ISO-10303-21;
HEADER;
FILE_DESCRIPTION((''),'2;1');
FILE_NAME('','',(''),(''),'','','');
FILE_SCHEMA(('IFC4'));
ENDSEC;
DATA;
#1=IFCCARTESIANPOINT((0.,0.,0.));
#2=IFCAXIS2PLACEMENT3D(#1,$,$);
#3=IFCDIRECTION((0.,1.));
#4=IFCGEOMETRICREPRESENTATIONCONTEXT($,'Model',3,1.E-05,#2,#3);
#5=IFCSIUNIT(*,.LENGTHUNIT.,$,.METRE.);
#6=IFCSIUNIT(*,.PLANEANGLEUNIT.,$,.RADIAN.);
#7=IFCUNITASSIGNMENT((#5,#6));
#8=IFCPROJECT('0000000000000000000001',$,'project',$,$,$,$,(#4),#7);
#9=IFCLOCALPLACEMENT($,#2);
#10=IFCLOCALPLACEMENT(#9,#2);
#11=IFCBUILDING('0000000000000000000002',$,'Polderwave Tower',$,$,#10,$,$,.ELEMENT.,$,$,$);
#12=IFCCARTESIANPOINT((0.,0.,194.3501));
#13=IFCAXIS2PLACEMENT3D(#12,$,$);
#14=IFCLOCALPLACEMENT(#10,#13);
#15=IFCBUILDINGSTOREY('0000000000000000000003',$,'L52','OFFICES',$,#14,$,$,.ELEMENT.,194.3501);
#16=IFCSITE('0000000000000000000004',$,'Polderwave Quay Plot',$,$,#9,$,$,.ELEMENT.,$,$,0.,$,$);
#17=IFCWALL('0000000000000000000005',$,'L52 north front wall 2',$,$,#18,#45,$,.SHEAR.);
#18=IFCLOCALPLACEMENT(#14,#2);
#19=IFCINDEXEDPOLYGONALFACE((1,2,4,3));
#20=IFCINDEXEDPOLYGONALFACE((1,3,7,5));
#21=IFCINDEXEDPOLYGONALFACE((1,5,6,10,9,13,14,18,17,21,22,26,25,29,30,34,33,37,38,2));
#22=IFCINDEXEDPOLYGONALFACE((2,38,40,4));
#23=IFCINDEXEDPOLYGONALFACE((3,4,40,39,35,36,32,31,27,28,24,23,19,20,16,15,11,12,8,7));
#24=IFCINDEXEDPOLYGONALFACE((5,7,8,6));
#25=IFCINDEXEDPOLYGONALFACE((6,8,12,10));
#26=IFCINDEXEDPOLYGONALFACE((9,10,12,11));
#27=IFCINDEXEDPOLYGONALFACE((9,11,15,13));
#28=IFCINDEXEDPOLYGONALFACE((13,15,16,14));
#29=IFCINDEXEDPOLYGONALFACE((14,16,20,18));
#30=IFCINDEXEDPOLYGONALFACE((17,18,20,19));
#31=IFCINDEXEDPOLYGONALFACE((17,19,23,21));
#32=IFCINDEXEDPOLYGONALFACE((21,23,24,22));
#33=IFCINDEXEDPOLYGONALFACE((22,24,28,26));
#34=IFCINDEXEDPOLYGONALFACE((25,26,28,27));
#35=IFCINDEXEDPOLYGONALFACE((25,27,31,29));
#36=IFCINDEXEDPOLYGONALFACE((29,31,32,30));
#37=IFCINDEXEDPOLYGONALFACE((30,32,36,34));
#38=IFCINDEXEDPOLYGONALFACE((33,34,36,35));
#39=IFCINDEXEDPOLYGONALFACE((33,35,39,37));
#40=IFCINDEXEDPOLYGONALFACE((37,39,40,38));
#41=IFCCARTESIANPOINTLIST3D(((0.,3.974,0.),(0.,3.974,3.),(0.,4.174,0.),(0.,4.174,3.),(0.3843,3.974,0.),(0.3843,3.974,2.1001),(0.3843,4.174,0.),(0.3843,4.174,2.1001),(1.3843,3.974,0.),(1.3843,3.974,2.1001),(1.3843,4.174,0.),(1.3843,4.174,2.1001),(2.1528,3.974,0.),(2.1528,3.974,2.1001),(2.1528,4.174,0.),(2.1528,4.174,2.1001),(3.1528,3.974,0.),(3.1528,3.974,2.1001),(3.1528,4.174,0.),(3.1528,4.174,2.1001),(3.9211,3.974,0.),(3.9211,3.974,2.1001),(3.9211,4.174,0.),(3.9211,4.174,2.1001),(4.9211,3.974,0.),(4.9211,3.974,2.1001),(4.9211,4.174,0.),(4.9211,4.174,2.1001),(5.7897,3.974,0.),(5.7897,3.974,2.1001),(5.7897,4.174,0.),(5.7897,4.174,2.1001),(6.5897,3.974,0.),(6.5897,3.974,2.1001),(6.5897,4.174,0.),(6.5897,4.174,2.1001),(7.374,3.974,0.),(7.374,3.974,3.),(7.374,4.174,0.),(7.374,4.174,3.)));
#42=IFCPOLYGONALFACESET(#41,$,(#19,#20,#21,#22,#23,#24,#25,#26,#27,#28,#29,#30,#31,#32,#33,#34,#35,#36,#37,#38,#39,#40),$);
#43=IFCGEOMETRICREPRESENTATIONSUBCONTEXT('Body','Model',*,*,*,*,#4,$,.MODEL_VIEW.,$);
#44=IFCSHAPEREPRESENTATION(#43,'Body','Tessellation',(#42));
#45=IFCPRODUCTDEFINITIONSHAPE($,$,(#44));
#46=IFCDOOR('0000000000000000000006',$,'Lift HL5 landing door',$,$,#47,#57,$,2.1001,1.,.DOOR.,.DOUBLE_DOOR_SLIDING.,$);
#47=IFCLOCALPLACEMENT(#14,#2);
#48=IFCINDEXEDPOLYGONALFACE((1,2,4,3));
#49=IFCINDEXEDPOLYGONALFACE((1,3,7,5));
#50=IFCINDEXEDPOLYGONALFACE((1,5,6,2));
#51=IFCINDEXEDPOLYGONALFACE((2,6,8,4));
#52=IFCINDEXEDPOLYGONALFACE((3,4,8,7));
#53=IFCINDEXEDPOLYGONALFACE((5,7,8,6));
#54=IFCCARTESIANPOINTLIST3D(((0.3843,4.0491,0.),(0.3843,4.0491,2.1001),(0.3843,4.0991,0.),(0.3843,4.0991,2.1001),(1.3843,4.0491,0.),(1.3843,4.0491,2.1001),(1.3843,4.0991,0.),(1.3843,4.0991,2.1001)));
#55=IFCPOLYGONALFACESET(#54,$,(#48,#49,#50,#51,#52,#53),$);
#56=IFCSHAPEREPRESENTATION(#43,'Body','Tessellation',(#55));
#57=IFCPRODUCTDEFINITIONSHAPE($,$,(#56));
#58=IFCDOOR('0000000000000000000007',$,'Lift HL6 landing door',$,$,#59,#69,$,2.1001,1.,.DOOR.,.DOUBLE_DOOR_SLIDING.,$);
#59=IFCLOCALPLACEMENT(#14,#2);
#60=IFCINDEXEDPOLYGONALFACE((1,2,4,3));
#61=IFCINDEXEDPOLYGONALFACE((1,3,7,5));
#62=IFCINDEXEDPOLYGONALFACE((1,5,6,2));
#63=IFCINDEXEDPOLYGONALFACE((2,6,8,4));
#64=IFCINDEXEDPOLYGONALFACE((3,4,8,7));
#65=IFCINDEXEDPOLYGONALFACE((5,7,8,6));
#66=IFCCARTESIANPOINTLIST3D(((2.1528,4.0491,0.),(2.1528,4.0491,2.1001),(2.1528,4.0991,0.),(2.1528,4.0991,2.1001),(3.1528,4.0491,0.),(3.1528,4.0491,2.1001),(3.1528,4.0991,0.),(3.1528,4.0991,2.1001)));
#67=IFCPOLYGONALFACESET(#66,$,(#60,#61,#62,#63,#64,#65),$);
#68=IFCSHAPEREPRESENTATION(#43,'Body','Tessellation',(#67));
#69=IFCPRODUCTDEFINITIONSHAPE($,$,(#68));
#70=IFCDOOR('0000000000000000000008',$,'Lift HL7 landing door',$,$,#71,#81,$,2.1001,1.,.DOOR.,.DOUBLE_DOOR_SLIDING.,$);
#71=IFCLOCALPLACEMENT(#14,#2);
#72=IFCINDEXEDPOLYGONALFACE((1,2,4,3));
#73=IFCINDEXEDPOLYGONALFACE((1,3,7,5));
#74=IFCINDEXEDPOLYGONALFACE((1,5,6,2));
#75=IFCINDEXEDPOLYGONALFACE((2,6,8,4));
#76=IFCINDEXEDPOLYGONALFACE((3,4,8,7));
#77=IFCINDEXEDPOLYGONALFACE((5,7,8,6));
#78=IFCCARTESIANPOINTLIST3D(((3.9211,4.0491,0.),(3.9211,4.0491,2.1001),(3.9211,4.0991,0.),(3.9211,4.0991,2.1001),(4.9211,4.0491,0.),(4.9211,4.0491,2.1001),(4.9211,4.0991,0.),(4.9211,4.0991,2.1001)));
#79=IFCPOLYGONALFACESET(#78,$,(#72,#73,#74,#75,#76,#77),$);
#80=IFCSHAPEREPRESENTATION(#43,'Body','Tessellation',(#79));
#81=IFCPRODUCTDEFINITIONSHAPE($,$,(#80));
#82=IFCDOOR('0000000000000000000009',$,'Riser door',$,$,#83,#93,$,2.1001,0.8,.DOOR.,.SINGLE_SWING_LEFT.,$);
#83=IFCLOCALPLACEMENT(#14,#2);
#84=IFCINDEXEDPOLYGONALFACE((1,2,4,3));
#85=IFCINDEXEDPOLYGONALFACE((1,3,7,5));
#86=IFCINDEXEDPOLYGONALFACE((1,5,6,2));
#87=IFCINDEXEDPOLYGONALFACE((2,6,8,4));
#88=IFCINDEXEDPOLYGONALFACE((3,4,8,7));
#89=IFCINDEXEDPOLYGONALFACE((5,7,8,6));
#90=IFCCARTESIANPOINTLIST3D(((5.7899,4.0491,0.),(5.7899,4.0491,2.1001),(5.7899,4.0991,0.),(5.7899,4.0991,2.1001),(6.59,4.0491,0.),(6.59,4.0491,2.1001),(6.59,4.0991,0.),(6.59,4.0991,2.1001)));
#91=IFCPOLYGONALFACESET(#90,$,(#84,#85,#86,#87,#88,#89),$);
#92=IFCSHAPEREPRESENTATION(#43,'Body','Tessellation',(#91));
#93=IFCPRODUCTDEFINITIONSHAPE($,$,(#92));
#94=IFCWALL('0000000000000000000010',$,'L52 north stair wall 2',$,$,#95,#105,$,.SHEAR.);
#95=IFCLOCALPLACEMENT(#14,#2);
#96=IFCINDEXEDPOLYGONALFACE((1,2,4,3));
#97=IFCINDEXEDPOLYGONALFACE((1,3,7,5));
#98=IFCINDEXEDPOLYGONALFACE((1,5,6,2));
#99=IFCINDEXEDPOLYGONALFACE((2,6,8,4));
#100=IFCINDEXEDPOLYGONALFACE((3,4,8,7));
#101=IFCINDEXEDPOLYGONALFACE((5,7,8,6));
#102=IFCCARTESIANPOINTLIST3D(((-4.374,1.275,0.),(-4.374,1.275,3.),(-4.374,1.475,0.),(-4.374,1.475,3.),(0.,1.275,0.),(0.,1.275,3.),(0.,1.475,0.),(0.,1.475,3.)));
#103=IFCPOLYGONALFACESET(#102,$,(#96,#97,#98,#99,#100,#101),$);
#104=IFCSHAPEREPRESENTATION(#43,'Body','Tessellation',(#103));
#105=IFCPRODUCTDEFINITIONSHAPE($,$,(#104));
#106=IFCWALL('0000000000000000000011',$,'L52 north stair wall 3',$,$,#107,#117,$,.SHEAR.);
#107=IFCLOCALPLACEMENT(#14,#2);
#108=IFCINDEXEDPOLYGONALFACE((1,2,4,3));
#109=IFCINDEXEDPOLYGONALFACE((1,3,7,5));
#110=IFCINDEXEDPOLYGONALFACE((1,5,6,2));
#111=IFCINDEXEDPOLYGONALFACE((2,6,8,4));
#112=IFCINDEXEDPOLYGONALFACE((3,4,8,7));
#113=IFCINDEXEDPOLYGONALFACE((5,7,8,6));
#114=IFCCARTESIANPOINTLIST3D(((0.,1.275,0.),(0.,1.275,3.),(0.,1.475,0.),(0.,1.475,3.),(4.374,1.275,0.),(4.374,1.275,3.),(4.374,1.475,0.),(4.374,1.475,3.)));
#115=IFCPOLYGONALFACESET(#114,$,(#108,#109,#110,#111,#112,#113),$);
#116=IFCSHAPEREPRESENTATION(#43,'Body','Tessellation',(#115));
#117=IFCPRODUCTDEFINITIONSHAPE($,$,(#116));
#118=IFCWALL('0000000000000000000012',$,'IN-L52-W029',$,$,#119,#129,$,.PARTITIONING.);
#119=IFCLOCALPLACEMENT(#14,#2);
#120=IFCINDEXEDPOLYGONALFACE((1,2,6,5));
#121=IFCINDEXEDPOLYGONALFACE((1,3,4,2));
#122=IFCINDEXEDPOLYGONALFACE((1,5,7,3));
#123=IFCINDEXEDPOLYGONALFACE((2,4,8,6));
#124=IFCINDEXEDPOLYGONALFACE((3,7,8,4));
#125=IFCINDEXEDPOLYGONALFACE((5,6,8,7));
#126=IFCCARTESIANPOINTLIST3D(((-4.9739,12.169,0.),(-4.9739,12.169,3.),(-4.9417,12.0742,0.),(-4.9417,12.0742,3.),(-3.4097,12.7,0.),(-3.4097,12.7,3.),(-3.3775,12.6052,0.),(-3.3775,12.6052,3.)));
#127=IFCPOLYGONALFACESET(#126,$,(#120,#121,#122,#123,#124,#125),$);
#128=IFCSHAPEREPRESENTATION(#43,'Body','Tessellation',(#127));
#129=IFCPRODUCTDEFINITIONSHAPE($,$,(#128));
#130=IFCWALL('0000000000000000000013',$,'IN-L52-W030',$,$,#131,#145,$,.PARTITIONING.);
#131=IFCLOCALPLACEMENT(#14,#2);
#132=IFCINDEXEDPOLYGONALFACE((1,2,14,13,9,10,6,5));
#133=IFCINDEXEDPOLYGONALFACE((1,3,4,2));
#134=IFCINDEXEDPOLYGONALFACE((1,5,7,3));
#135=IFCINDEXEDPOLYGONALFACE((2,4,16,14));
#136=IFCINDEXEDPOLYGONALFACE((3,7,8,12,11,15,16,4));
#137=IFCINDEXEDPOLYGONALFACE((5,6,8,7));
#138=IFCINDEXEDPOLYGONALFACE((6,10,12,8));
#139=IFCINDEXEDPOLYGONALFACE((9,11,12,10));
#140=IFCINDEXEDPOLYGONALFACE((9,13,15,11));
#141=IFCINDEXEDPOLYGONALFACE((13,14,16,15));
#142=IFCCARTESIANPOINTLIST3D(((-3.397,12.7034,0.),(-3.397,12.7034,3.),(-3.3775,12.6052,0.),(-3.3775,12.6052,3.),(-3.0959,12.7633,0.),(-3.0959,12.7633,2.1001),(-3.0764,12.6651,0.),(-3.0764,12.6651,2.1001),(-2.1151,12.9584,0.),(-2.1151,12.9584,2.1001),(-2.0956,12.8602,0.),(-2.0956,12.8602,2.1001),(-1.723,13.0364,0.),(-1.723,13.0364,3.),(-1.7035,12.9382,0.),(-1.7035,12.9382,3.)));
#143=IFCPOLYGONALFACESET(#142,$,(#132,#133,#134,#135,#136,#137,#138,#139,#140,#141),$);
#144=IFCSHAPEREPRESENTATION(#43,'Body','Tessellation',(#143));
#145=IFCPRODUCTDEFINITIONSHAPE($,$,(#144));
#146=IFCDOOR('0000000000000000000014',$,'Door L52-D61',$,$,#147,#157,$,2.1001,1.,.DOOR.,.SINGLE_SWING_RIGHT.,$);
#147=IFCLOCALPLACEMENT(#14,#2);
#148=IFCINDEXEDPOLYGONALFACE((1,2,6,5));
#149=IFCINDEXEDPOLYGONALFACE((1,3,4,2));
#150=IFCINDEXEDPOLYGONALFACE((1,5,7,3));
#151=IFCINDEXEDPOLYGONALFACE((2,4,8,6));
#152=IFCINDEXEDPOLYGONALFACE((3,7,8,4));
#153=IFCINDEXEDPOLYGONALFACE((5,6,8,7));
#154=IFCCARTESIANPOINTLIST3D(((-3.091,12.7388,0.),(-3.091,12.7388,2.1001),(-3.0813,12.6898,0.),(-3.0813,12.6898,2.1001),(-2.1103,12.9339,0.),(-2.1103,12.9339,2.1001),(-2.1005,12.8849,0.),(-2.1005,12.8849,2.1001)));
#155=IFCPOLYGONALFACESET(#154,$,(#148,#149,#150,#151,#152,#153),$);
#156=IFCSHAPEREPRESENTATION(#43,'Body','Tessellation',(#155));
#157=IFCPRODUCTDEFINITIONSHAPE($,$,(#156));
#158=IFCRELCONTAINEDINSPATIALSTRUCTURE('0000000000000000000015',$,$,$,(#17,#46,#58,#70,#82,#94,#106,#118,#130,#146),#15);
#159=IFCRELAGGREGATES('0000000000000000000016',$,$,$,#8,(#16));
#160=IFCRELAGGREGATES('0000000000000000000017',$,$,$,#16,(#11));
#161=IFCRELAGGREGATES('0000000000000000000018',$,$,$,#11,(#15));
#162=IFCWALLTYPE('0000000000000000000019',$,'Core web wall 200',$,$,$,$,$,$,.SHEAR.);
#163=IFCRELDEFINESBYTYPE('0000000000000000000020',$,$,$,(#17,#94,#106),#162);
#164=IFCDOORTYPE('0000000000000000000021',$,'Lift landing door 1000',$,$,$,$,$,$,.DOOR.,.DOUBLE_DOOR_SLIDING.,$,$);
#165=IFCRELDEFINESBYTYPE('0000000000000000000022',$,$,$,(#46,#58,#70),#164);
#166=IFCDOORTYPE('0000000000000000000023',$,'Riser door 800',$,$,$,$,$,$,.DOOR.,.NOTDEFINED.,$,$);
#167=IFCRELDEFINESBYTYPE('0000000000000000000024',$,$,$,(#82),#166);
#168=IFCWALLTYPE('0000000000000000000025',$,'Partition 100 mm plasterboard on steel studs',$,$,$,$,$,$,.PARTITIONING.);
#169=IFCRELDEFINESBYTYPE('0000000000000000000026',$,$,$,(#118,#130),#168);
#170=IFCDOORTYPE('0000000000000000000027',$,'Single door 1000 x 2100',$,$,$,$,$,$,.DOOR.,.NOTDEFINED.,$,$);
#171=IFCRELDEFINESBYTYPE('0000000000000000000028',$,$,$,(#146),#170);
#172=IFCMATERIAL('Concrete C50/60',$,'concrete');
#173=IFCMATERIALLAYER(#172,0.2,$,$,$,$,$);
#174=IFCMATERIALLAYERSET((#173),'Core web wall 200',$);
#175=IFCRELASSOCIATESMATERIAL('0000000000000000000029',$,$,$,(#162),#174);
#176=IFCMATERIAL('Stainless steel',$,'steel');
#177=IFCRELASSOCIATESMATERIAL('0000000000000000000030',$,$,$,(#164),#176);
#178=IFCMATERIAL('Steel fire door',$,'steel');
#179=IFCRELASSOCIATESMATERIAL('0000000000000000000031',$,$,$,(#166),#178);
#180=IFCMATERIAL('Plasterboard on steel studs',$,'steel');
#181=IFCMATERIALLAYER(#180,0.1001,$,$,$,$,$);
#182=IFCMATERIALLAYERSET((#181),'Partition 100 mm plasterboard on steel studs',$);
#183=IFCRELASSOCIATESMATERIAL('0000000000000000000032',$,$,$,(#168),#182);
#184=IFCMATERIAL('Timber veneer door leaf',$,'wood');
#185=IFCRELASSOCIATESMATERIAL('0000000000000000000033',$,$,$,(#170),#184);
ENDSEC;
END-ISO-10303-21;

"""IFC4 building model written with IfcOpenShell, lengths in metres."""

from ifc_helpers import new_model, si_unit, direction, frame, frame_2d, origin, place, context, subcontext, project, spatial, rectangle, extrude, material, layer, layer_set, type_object, element, fill, save


model = new_model("IFC4")

# Units and contexts
model_context = context("Model", 3, precision=1e-05, world=origin(), true_north=direction((0.0, 1.0)))
body_context = subcontext(model_context, "Body", "Model", "MODEL_VIEW")
ifc_project = project(units=[si_unit("LENGTHUNIT", "METRE"), si_unit("PLANEANGLEUNIT", "RADIAN")], contexts=[model_context])

# Site, building, storey
site_placement = place(None, origin())
site = spatial("IfcSite", under=ifc_project, at=site_placement, Name="Polderwave Quay Plot", CompositionType="ELEMENT", RefElevation=0.0)
building_placement = place(site_placement, origin())
building = spatial("IfcBuilding", under=site, at=building_placement, Name="Polderwave Tower", CompositionType="ELEMENT")
storey_placement = place(building_placement, frame((0.0, 0.0, 194.3501)))
storey = spatial("IfcBuildingStorey", under=building, at=storey_placement, Name="L52", Description="OFFICES", CompositionType="ELEMENT", Elevation=194.3501)

# Wall, openings, doors
ifc_material_1 = material(Name="Concrete C50/60", Category="concrete")
ifc_layer_1 = layer(ifc_material_1, 0.2)
ifc_layer_set_1 = layer_set([ifc_layer_1], Name="Core web wall 200")
wall_type_1 = type_object("IfcWallType", Name="Core web wall 200", PredefinedType="SHEAR", material=ifc_layer_set_1)
ifc_material_2 = material(Name="Stainless steel", Category="steel")
door_type_1 = type_object("IfcDoorType", Name="Lift landing door 1000", OperationType="DOUBLE_DOOR_SLIDING", PredefinedType="DOOR", material=ifc_material_2)
wall_1_placement = place(storey_placement, frame((0.0, 4.074, 0.0), z_axis=(0.0, 0.0, 1.0), x_axis=(1.0, 0.0, 0.0)))
wall_1 = element("IfcWall", 1, at=wall_1_placement, inside=storey, type_object=wall_type_1, Name="L52 north front wall 2", PredefinedType="SHEAR", context=body_context, shape_type="SweptSolid", body=[
    extrude(rectangle(XDim=7.374, YDim=0.2, at=frame_2d((3.687, 0.0))), origin(), (0.0, 0.0, 1.0), 3.0),
])
opening_1_placement = place(wall_1_placement, frame((0.3843, 0.0, 0.0)))
opening_1 = element("IfcOpeningElement", 2, at=opening_1_placement, cuts=wall_1, PredefinedType="OPENING", context=body_context, shape_type="SweptSolid", body=[
    extrude(rectangle(XDim=1.0, YDim=2.1001, at=frame_2d((0.5, 1.05))), frame((0.0, 0.1099, 0.0), z_axis=(0.0, -1.0, 0.0), x_axis=(1.0, 0.0, 0.0)), (0.0, 0.0, 1.0), 0.22),
])
opening_2_placement = place(wall_1_placement, frame((2.1528, 0.0, 0.0)))
opening_2 = element("IfcOpeningElement", 3, at=opening_2_placement, cuts=wall_1, PredefinedType="OPENING", context=body_context, shape_type="SweptSolid", body=[
    extrude(rectangle(XDim=1.0, YDim=2.1001, at=frame_2d((0.5, 1.05))), frame((0.0, 0.1099, 0.0), z_axis=(0.0, -1.0, 0.0), x_axis=(1.0, 0.0, 0.0)), (0.0, 0.0, 1.0), 0.22),
])
opening_3_placement = place(wall_1_placement, frame((3.9211, 0.0, 0.0)))
opening_3 = element("IfcOpeningElement", 4, at=opening_3_placement, cuts=wall_1, PredefinedType="OPENING", context=body_context, shape_type="SweptSolid", body=[
    extrude(rectangle(XDim=1.0, YDim=2.1001, at=frame_2d((0.5, 1.05))), frame((0.0, 0.1099, 0.0), z_axis=(0.0, -1.0, 0.0), x_axis=(1.0, 0.0, 0.0)), (0.0, 0.0, 1.0), 0.22),
])
opening_4_placement = place(wall_1_placement, frame((5.7898, 0.0, 0.0)))
opening_4 = element("IfcOpeningElement", 5, at=opening_4_placement, cuts=wall_1, PredefinedType="OPENING", context=body_context, shape_type="SweptSolid", body=[
    extrude(rectangle(XDim=0.8, YDim=2.1001, at=frame_2d((0.3999, 1.05))), frame((0.0, 0.1099, 0.0), z_axis=(0.0, -1.0, 0.0), x_axis=(1.0, 0.0, 0.0)), (0.0, 0.0, 1.0), 0.22),
])
door_1_placement = place(opening_1_placement, frame((1.0, 0.0, 0.0), z_axis=(0.0, 0.0, 1.0), x_axis=(-1.0, 0.0, 0.0)))
door_1 = element("IfcDoor", 6, at=door_1_placement, inside=storey, type_object=door_type_1, Name="Lift HL5 landing door", OperationType="DOUBLE_DOOR_SLIDING", OverallHeight=2.1001, OverallWidth=1.0, PredefinedType="DOOR", context=body_context, shape_type="SweptSolid", body=[
    extrude(rectangle(XDim=1.0, YDim=2.1001, at=frame_2d((0.5, 1.05))), frame((0.0, 0.0249, 0.0), z_axis=(0.0, -1.0, 0.0), x_axis=(1.0, 0.0, 0.0)), (0.0, 0.0, 1.0), 0.05),
])
fill(opening_1, door_1)
door_2_placement = place(opening_2_placement, frame((1.0, 0.0, 0.0), z_axis=(0.0, 0.0, 1.0), x_axis=(-1.0, 0.0, 0.0)))
door_2 = element("IfcDoor", 7, at=door_2_placement, inside=storey, type_object=door_type_1, Name="Lift HL6 landing door", OperationType="DOUBLE_DOOR_SLIDING", OverallHeight=2.1001, OverallWidth=1.0, PredefinedType="DOOR", context=body_context, shape_type="SweptSolid", body=[
    extrude(rectangle(XDim=1.0, YDim=2.1001, at=frame_2d((0.5, 1.05))), frame((0.0, 0.0249, 0.0), z_axis=(0.0, -1.0, 0.0), x_axis=(1.0, 0.0, 0.0)), (0.0, 0.0, 1.0), 0.05),
])
fill(opening_2, door_2)
door_3_placement = place(opening_3_placement, frame((1.0, 0.0, 0.0), z_axis=(0.0, 0.0, 1.0), x_axis=(-1.0, 0.0, 0.0)))
door_3 = element("IfcDoor", 8, at=door_3_placement, inside=storey, type_object=door_type_1, Name="Lift HL7 landing door", OperationType="DOUBLE_DOOR_SLIDING", OverallHeight=2.1001, OverallWidth=1.0, PredefinedType="DOOR", context=body_context, shape_type="SweptSolid", body=[
    extrude(rectangle(XDim=1.0, YDim=2.1001, at=frame_2d((0.5, 1.05))), frame((0.0, 0.0249, 0.0), z_axis=(0.0, -1.0, 0.0), x_axis=(1.0, 0.0, 0.0)), (0.0, 0.0, 1.0), 0.05),
])
fill(opening_3, door_3)
ifc_material_3 = material(Name="Steel fire door", Category="steel")
door_type_2 = type_object("IfcDoorType", Name="Riser door 800", OperationType="NOTDEFINED", PredefinedType="DOOR", material=ifc_material_3)
door_4_placement = place(opening_4_placement, frame((0.8, 0.0, 0.0), z_axis=(0.0, 0.0, 1.0), x_axis=(-1.0, 0.0, 0.0)))
door_4 = element("IfcDoor", 9, at=door_4_placement, inside=storey, type_object=door_type_2, Name="Riser door", OperationType="SINGLE_SWING_LEFT", OverallHeight=2.1001, OverallWidth=0.8, PredefinedType="DOOR", context=body_context, shape_type="SweptSolid", body=[
    extrude(rectangle(XDim=0.8, YDim=2.1001, at=frame_2d((0.3999, 1.05))), frame((0.0, 0.0249, 0.0), z_axis=(0.0, -1.0, 0.0), x_axis=(1.0, 0.0, 0.0)), (0.0, 0.0, 1.0), 0.05),
])
fill(opening_4, door_4)

# Walls
for number, where, z_axis, x_axis, name in (
    (10, (-4.374, 1.375, 0.0), (0.0, 0.0, 1.0), (1.0, 0.0, 0.0), "L52 north stair wall 2"),
    (11, (0.0, 1.375, 0.0), (0.0, 0.0, 1.0), (1.0, 0.0, 0.0), "L52 north stair wall 3"),
):
    element("IfcWall", number, at=place(storey_placement, frame(where, z_axis=z_axis, x_axis=x_axis)), inside=storey, type_object=wall_type_1, Name=name, PredefinedType="SHEAR", context=body_context, shape_type="SweptSolid", body=[
        extrude(rectangle(XDim=4.374, YDim=0.2, at=frame_2d((2.187, 0.0))), origin(), (0.0, 0.0, 1.0), 3.0),
    ])
ifc_material_4 = material(Name="Plasterboard on steel studs", Category="steel")
ifc_layer_2 = layer(ifc_material_4, 0.1001)
ifc_layer_set_2 = layer_set([ifc_layer_2], Name="Partition 100 mm plasterboard on steel studs")
wall_type_2 = type_object("IfcWallType", Name="Partition 100 mm plasterboard on steel studs", PredefinedType="PARTITIONING", material=ifc_layer_set_2)
wall_2_placement = place(storey_placement, frame((-4.9578, 12.1216, 0.0), z_axis=(0.0, 0.0, 1.0), x_axis=(0.946925, 0.321455, 0.0)))
element("IfcWall", 12, at=wall_2_placement, inside=storey, type_object=wall_type_2, Name="IN-L52-W029", PredefinedType="PARTITIONING", context=body_context, shape_type="SweptSolid", body=[
    extrude(rectangle(XDim=1.6519, YDim=0.1001, at=frame_2d((0.8259, 0.0))), origin(), (0.0, 0.0, 1.0), 3.0),
])

# Wall, opening, door
wall_3_placement = place(storey_placement, frame((-1.7131, 12.9873, 0.0), z_axis=(0.0, 0.0, 1.0), x_axis=(-0.980784, -0.195098, 0.0)))
wall_3 = element("IfcWall", 13, at=wall_3_placement, inside=storey, type_object=wall_type_2, Name="IN-L52-W030", PredefinedType="PARTITIONING", context=body_context, shape_type="SweptSolid", body=[
    extrude(rectangle(XDim=1.7068, YDim=0.1001, at=frame_2d((0.8535, 0.0))), origin(), (0.0, 0.0, 1.0), 3.0),
])
opening_5_placement = place(wall_3_placement, frame((0.3999, 0.0, 0.0)))
opening_5 = element("IfcOpeningElement", 14, at=opening_5_placement, cuts=wall_3, PredefinedType="OPENING", context=body_context, shape_type="SweptSolid", body=[
    extrude(rectangle(XDim=1.0, YDim=2.1001, at=frame_2d((0.5, 1.05))), frame((0.0, 0.0601, 0.0), z_axis=(0.0, -1.0, 0.0), x_axis=(1.0, 0.0, 0.0)), (0.0, 0.0, 1.0), 0.1201),
])
ifc_material_5 = material(Name="Timber veneer door leaf", Category="wood")
door_type_3 = type_object("IfcDoorType", Name="Single door 1000 x 2100", OperationType="NOTDEFINED", PredefinedType="DOOR", material=ifc_material_5)
door_5_placement = place(opening_5_placement, origin())
door_5 = element("IfcDoor", 15, at=door_5_placement, inside=storey, type_object=door_type_3, Name="Door L52-D61", OperationType="SINGLE_SWING_RIGHT", OverallHeight=2.1001, OverallWidth=1.0, PredefinedType="DOOR", context=body_context, shape_type="SweptSolid", body=[
    extrude(rectangle(XDim=1.0, YDim=2.1001, at=frame_2d((0.5, 1.05))), frame((0.0, 0.0249, 0.0), z_axis=(0.0, -1.0, 0.0), x_axis=(1.0, 0.0, 0.0)), (0.0, 0.0, 1.0), 0.05),
])
fill(opening_5, door_5)

save(model, "model.ifc")
